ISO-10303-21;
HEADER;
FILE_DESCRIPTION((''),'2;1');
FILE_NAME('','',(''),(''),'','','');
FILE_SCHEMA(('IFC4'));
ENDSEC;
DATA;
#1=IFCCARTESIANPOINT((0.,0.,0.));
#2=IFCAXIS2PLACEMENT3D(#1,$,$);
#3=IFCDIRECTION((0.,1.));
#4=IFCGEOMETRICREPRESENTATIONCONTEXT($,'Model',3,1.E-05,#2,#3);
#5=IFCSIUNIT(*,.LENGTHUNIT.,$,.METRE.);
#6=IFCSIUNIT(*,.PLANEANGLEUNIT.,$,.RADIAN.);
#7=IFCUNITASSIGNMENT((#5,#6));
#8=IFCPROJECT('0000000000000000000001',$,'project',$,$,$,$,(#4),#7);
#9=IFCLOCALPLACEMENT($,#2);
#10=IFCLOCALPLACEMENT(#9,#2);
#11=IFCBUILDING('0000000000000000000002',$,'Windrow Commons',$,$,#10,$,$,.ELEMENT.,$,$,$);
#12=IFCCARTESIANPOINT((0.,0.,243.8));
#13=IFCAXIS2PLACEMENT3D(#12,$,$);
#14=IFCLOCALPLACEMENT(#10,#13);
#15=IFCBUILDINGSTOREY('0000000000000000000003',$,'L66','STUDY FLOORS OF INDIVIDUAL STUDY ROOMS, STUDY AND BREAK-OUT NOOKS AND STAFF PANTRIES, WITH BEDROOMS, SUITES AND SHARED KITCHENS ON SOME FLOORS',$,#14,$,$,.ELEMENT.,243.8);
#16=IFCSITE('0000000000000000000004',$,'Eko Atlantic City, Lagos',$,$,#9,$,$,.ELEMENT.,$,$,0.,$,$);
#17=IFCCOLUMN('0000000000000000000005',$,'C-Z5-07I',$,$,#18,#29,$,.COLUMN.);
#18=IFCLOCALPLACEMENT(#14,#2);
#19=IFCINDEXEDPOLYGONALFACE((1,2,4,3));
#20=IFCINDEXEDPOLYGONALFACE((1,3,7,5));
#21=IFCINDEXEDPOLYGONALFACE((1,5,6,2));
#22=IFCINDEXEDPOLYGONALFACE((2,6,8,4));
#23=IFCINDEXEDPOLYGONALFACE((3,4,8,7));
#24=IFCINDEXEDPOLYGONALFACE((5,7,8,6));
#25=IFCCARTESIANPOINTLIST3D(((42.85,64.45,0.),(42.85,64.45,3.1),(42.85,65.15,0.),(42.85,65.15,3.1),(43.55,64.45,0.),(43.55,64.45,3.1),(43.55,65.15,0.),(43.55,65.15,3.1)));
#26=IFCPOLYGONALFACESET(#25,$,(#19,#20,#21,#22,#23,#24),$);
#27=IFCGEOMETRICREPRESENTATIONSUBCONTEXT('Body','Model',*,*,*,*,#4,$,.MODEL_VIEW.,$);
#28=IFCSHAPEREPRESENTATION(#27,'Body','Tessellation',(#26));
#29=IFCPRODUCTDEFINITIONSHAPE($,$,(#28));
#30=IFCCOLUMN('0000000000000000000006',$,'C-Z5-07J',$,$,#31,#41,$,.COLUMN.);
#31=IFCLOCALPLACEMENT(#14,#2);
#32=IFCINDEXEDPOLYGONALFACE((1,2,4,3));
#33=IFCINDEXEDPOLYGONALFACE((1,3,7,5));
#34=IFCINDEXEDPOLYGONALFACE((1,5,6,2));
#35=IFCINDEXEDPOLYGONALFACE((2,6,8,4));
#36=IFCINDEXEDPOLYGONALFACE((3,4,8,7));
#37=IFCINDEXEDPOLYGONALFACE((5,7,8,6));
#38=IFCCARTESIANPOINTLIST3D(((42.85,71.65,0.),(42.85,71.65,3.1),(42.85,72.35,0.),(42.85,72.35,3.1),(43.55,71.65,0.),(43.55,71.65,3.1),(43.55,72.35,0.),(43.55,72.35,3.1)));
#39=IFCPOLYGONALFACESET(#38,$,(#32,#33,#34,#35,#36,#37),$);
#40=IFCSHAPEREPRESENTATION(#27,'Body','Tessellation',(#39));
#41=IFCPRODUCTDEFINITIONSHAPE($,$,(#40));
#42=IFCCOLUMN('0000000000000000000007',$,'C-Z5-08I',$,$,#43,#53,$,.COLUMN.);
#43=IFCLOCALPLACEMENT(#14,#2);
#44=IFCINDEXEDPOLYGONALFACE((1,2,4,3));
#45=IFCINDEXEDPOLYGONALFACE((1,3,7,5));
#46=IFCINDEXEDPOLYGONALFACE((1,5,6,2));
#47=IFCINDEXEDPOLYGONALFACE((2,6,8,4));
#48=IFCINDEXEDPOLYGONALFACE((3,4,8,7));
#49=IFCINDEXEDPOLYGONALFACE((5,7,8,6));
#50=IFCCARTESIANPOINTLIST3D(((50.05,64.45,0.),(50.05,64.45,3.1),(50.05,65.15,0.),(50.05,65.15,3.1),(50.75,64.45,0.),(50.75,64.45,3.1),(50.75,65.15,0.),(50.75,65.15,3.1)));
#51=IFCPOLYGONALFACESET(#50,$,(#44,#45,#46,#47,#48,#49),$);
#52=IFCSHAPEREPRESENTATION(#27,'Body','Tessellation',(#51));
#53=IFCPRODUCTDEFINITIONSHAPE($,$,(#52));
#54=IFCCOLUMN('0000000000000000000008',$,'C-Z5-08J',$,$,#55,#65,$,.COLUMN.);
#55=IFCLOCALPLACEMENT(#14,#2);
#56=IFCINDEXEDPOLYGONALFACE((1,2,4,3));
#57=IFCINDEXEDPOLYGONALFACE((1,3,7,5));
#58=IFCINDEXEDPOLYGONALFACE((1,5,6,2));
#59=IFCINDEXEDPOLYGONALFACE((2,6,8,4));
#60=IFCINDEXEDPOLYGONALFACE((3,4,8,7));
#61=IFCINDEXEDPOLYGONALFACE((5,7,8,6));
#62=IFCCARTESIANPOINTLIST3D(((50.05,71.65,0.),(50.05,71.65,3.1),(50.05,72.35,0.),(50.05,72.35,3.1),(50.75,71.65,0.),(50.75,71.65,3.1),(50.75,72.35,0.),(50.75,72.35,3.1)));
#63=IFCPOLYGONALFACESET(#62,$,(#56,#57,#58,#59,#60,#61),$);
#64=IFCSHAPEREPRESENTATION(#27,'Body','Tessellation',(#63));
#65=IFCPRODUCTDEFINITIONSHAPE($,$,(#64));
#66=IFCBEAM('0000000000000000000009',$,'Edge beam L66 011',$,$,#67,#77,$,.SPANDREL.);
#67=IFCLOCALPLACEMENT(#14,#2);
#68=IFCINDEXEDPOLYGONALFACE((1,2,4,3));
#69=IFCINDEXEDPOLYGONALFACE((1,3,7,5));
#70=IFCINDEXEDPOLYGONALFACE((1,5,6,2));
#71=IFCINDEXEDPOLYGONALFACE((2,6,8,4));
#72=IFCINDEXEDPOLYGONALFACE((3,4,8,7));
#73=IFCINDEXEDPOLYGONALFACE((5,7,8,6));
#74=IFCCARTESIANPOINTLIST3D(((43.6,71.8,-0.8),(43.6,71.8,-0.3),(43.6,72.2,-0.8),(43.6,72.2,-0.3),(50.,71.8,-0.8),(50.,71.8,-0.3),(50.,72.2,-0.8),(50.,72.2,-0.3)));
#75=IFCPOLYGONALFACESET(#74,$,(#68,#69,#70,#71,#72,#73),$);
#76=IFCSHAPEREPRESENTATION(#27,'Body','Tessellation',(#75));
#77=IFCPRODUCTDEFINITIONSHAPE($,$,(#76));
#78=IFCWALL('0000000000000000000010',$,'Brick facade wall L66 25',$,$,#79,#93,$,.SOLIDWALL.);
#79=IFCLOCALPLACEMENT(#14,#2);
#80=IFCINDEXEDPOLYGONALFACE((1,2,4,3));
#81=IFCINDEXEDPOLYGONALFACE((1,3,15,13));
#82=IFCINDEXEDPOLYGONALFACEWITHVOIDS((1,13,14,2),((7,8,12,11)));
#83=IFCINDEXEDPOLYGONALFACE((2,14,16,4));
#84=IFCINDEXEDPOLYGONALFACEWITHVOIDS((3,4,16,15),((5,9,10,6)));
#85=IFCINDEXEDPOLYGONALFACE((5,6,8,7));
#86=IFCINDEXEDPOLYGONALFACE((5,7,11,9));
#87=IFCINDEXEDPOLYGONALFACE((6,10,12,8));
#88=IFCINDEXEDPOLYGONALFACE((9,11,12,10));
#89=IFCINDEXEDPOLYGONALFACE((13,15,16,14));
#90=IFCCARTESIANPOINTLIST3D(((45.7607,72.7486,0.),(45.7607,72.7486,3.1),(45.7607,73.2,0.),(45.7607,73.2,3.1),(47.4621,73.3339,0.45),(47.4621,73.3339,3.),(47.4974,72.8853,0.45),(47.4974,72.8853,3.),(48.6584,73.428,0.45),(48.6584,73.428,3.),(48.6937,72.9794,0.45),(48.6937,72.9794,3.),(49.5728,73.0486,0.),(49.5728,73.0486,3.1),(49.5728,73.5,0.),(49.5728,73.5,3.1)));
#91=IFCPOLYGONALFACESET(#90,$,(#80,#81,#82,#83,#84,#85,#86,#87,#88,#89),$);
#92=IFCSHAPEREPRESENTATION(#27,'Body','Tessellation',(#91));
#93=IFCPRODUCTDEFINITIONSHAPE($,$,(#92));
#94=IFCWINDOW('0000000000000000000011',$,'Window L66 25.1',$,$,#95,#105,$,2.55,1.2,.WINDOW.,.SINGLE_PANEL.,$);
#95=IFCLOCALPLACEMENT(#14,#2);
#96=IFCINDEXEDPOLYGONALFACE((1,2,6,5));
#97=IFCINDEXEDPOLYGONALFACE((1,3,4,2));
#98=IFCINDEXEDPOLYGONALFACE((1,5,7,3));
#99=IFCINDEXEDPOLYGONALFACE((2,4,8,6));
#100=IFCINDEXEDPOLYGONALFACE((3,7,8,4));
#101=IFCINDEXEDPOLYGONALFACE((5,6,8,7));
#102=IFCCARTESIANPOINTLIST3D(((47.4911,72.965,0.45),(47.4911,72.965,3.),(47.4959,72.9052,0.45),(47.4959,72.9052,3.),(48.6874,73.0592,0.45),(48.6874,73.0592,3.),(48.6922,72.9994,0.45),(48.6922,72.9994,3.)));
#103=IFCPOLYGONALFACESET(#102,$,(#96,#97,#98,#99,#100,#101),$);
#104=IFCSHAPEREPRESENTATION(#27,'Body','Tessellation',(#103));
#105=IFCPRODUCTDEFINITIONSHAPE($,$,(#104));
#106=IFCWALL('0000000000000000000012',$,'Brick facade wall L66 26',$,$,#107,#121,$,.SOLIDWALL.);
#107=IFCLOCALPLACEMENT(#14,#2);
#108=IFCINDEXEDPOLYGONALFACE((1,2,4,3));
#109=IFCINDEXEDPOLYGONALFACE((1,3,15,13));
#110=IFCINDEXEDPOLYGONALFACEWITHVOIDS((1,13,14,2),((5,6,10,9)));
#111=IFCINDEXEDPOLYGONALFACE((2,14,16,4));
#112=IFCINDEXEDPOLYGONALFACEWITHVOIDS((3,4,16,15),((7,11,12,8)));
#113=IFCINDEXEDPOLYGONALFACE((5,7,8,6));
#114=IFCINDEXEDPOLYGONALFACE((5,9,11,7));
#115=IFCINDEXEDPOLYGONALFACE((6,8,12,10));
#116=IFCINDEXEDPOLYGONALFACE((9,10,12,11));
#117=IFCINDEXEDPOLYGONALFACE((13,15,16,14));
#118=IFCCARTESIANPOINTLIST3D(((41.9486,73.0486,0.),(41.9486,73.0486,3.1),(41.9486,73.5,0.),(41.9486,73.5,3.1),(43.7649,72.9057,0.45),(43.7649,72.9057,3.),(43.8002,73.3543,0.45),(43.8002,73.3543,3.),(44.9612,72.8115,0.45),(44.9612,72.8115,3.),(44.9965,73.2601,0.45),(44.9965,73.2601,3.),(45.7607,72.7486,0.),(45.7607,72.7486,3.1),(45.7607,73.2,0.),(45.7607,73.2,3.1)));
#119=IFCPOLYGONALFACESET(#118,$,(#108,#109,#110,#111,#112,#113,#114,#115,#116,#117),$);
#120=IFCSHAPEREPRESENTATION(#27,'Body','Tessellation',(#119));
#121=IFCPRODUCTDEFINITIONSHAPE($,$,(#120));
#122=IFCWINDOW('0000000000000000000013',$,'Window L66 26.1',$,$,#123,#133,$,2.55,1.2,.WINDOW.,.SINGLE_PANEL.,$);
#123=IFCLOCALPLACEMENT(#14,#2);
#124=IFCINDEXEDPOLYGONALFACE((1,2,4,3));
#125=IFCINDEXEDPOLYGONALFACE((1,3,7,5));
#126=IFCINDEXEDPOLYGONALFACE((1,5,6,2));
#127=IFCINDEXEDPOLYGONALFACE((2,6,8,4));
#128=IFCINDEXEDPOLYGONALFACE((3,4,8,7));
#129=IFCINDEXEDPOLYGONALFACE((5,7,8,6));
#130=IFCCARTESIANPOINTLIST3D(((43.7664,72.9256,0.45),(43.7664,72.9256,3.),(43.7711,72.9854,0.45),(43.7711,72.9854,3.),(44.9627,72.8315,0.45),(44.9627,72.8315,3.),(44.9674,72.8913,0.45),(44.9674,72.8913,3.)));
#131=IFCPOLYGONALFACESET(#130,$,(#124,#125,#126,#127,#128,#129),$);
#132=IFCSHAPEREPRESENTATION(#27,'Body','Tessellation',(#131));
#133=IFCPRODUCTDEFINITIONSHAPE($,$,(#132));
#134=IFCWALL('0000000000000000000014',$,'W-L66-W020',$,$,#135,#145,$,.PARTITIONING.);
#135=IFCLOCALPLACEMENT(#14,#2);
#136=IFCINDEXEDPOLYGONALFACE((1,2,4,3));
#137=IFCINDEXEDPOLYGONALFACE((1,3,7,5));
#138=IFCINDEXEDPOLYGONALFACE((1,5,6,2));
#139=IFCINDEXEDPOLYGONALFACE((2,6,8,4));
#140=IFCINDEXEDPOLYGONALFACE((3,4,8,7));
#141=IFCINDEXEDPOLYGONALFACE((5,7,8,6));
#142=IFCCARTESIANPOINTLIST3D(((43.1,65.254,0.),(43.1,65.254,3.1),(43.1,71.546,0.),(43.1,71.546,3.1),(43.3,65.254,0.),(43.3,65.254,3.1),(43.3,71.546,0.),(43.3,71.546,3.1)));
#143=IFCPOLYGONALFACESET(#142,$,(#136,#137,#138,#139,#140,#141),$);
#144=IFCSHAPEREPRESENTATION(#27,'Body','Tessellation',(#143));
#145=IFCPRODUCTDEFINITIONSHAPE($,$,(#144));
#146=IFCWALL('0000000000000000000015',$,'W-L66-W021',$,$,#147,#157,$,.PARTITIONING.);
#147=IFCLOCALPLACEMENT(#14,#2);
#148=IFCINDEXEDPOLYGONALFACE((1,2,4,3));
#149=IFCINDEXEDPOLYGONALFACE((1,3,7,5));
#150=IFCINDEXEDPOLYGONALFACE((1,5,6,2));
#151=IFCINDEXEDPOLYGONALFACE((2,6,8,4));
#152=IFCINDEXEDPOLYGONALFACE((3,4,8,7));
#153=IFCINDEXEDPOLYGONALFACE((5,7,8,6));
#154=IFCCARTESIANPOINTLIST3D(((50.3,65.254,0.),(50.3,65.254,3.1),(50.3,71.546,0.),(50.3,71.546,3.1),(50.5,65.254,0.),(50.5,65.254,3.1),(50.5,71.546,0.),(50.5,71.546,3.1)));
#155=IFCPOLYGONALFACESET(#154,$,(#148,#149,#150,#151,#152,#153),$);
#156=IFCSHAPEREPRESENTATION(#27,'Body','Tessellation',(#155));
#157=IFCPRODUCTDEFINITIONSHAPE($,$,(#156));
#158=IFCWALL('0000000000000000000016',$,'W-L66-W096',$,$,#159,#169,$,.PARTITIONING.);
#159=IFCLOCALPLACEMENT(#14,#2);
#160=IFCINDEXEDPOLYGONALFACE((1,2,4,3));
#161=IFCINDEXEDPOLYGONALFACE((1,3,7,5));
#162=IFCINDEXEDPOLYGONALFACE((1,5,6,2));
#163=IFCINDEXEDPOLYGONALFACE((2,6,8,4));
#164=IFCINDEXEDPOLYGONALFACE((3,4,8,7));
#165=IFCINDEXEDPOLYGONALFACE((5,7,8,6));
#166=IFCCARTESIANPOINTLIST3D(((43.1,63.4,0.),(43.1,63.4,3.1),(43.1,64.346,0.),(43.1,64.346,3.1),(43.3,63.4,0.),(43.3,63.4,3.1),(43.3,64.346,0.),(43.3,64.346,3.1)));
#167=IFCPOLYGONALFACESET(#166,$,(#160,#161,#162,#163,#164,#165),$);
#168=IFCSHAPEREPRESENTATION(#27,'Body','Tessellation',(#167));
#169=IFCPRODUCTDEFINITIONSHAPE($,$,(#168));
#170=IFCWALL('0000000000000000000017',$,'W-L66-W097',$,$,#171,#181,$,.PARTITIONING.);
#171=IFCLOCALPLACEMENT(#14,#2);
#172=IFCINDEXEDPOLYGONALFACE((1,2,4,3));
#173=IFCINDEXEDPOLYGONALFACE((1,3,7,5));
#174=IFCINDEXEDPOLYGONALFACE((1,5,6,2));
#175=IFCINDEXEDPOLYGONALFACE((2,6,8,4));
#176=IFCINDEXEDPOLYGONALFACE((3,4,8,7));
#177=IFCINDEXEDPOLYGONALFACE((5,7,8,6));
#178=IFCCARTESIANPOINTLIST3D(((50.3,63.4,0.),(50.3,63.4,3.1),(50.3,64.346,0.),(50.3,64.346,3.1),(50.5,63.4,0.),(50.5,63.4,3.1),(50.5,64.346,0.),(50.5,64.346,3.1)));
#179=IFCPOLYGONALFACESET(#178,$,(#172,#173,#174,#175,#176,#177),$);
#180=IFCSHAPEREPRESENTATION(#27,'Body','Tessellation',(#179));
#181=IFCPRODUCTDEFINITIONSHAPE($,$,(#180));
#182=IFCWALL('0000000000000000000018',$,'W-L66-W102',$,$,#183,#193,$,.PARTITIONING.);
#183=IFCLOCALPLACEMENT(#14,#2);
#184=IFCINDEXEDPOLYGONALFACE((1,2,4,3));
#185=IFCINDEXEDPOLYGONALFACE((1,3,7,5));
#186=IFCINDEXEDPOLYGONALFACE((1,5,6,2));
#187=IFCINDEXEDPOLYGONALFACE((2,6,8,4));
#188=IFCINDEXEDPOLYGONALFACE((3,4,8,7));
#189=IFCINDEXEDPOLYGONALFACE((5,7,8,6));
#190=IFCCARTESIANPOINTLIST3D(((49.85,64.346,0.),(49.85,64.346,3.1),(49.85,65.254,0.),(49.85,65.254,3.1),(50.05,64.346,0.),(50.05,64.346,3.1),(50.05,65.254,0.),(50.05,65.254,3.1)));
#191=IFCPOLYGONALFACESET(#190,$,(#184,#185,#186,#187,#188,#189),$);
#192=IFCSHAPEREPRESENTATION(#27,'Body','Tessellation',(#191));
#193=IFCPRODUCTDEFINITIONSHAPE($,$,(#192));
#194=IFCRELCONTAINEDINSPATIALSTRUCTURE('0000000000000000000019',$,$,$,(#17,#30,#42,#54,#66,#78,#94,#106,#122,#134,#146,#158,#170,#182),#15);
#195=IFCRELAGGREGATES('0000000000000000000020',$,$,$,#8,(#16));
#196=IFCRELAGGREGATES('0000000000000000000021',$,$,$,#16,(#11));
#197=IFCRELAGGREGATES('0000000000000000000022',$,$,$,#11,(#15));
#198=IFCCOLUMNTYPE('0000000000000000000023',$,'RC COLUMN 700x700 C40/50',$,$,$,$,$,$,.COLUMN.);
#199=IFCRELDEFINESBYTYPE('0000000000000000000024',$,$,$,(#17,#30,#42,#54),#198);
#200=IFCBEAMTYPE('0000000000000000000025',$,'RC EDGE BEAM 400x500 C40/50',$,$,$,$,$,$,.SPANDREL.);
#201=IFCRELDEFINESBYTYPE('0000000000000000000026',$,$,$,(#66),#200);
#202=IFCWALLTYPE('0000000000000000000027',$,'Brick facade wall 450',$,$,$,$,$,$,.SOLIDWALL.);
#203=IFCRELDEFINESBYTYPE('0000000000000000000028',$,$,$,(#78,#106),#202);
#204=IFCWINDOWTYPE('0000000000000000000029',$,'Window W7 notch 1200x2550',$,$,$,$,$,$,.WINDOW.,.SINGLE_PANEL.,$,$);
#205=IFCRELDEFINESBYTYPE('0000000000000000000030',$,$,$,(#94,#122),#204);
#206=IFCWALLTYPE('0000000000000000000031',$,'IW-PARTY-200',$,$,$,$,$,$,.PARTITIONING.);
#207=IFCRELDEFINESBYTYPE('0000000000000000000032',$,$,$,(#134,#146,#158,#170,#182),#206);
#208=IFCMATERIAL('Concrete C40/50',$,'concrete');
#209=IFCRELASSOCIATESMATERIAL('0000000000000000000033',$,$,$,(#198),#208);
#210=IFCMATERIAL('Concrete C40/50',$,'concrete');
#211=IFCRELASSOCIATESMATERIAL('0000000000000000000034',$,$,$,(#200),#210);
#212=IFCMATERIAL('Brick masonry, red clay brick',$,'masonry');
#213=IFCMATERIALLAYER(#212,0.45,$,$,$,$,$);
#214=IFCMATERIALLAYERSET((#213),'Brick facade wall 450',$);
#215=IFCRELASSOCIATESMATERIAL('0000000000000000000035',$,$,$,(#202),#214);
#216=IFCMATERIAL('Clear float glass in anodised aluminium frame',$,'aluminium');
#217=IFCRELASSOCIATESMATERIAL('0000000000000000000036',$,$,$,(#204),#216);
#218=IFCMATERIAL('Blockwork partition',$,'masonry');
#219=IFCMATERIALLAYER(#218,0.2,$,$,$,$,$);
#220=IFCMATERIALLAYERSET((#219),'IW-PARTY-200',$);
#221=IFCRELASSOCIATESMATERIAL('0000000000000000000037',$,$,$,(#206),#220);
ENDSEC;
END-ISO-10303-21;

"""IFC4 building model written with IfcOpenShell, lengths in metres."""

from ifc_helpers import new_model, si_unit, direction, frame, frame_2d, origin, origin_2d, place, context, subcontext, project, spatial, polyline, rectangle, outline, extrude, material, layer, layer_set, material_profile, profile_set, type_object, element, fill, save


model = new_model("IFC4")

# Units and contexts
model_context = context("Model", 3, precision=1e-05, world=origin(), true_north=direction((0.0, 1.0)))
body_context = subcontext(model_context, "Body", "Model", "MODEL_VIEW")
ifc_project = project(units=[si_unit("LENGTHUNIT", "METRE"), si_unit("PLANEANGLEUNIT", "RADIAN")], contexts=[model_context])

# Site, building, storey
site_placement = place(None, origin())
site = spatial("IfcSite", under=ifc_project, at=site_placement, Name="Eko Atlantic City, Lagos", CompositionType="ELEMENT", RefElevation=0.0)
building_placement = place(site_placement, origin())
building = spatial("IfcBuilding", under=site, at=building_placement, Name="Windrow Commons", CompositionType="ELEMENT")
storey_placement = place(building_placement, frame((0.0, 0.0, 243.8)))
storey = spatial("IfcBuildingStorey", under=building, at=storey_placement, Name="L66", Description="STUDY FLOORS OF INDIVIDUAL STUDY ROOMS, STUDY AND BREAK-OUT NOOKS AND STAFF PANTRIES, WITH BEDROOMS, SUITES AND SHARED KITCHENS ON SOME FLOORS", CompositionType="ELEMENT", Elevation=243.8)

# Columns
ifc_material_1 = material(Name="Concrete C40/50", Category="concrete")
ifc_material_profile_1 = material_profile(ifc_material_1, rectangle(XDim=0.7, YDim=0.7, at=origin_2d()))
ifc_profile_set_1 = profile_set([ifc_material_profile_1], Name="Concrete C40/50")
column_type = type_object("IfcColumnType", Name="RC COLUMN 700x700 C40/50", PredefinedType="COLUMN", material=ifc_profile_set_1)
for number, where, z_axis, x_axis, name in (
    (1, (43.2, 64.8, 0.0), (0.0, 0.0, 1.0), (1.0, 0.0, 0.0), "C-Z5-07I"),
    (2, (43.2, 72.0, 0.0), (0.0, 0.0, 1.0), (1.0, 0.0, 0.0), "C-Z5-07J"),
    (3, (50.4, 64.8, 0.0), (0.0, 0.0, 1.0), (1.0, 0.0, 0.0), "C-Z5-08I"),
    (4, (50.4, 72.0, 0.0), (0.0, 0.0, 1.0), (1.0, 0.0, 0.0), "C-Z5-08J"),
):
    element("IfcColumn", number, at=place(storey_placement, frame(where, z_axis=z_axis, x_axis=x_axis)), inside=storey, type_object=column_type, Name=name, PredefinedType="COLUMN", context=body_context, shape_type="SweptSolid", body=[
        extrude(rectangle(XDim=0.7, YDim=0.7, at=origin_2d()), origin(), (0.0, 0.0, 1.0), 3.1),
    ])

# Beam
ifc_material_2 = material(Name="Concrete C40/50", Category="concrete")
ifc_material_profile_2 = material_profile(ifc_material_2, rectangle(XDim=0.4, YDim=0.5, at=origin_2d()))
ifc_profile_set_2 = profile_set([ifc_material_profile_2], Name="Concrete C40/50")
beam_type = type_object("IfcBeamType", Name="RC EDGE BEAM 400x500 C40/50", PredefinedType="SPANDREL", material=ifc_profile_set_2)
beam_placement = place(storey_placement, frame((43.6, 72.0, -0.55), z_axis=(1.0, 0.0, 0.0), x_axis=(0.0, 1.0, 0.0)))
element("IfcBeam", 5, at=beam_placement, inside=storey, type_object=beam_type, Name="Edge beam L66 011", PredefinedType="SPANDREL", context=body_context, shape_type="SweptSolid", body=[
    extrude(rectangle(XDim=0.4, YDim=0.5, at=origin_2d()), origin(), (0.0, 0.0, 1.0), 6.4),
])

# Walls, openings, windows
ifc_material_3 = material(Name="Brick masonry, red clay brick", Category="masonry")
ifc_layer_1 = layer(ifc_material_3, 0.45)
ifc_layer_set_1 = layer_set([ifc_layer_1], Name="Brick facade wall 450")
wall_type_1 = type_object("IfcWallType", Name="Brick facade wall 450", PredefinedType="SOLIDWALL", material=ifc_layer_set_1)
wall_1_placement = place(storey_placement, frame((49.5728, 73.2743, 0.0), z_axis=(0.0, 0.0, 1.0), x_axis=(-0.996918, -0.078454, 0.0)))
wall_1 = element("IfcWall", 6, at=wall_1_placement, inside=storey, type_object=wall_type_1, Name="Brick facade wall L66 25", PredefinedType="SOLIDWALL", context=body_context, shape_type="SweptSolid", body=[
    extrude(outline(polyline([(-0.0177, -0.225), (3.8062, -0.225), (3.8416, 0.225), (0.0177, 0.225), (-0.0177, -0.225)])), origin(), (0.0, 0.0, 1.0), 3.1),
])
opening_1_placement = place(wall_1_placement, frame((0.8995, 0.0, 0.45)))
opening_1 = element("IfcOpeningElement", 7, at=opening_1_placement, cuts=wall_1, PredefinedType="OPENING", context=body_context, shape_type="SweptSolid", body=[
    extrude(rectangle(XDim=1.2, YDim=2.55, at=frame_2d((0.6, 1.275))), frame((0.0, 0.235, 0.0), z_axis=(0.0, -1.0, 0.0), x_axis=(1.0, 0.0, 0.0)), (0.0, 0.0, 1.0), 0.47),
])
ifc_material_4 = material(Name="Clear float glass in anodised aluminium frame", Category="aluminium")
window_type = type_object("IfcWindowType", Name="Window W7 notch 1200x2550", PartitioningType="SINGLE_PANEL", PredefinedType="WINDOW", material=ifc_material_4)
window_1_placement = place(opening_1_placement, origin())
window_1 = element("IfcWindow", 8, at=window_1_placement, inside=storey, type_object=window_type, Name="Window L66 25.1", OverallHeight=2.55, OverallWidth=1.2, PartitioningType="SINGLE_PANEL", PredefinedType="WINDOW", context=body_context, shape_type="SweptSolid", body=[
    extrude(rectangle(XDim=1.2, YDim=2.55, at=frame_2d((0.6, 1.275))), frame((0.0, 0.205, 0.0), z_axis=(0.0, -1.0, 0.0), x_axis=(1.0, 0.0, 0.0)), (0.0, 0.0, 1.0), 0.06),
])
fill(opening_1, window_1)
wall_2_placement = place(storey_placement, frame((45.7607, 72.9743, 0.0), z_axis=(0.0, 0.0, 1.0), x_axis=(-0.996918, 0.078452, 0.0)))
wall_2 = element("IfcWall", 9, at=wall_2_placement, inside=storey, type_object=wall_type_1, Name="Brick facade wall L66 26", PredefinedType="SOLIDWALL", context=body_context, shape_type="SweptSolid", body=[
    extrude(outline(polyline([(0.0177, -0.225), (3.8416, -0.225), (3.8062, 0.225), (-0.0177, 0.225), (0.0177, -0.225)])), origin(), (0.0, 0.0, 1.0), 3.1),
])
opening_2_placement = place(wall_2_placement, frame((0.7843, 0.0, 0.45)))
opening_2 = element("IfcOpeningElement", 10, at=opening_2_placement, cuts=wall_2, PredefinedType="OPENING", context=body_context, shape_type="SweptSolid", body=[
    extrude(rectangle(XDim=1.2, YDim=2.55, at=frame_2d((0.6, 1.275))), frame((0.0, 0.235, 0.0), z_axis=(0.0, -1.0, 0.0), x_axis=(1.0, 0.0, 0.0)), (0.0, 0.0, 1.0), 0.47),
])
window_2_placement = place(opening_2_placement, origin())
window_2 = element("IfcWindow", 11, at=window_2_placement, inside=storey, type_object=window_type, Name="Window L66 26.1", OverallHeight=2.55, OverallWidth=1.2, PartitioningType="SINGLE_PANEL", PredefinedType="WINDOW", context=body_context, shape_type="SweptSolid", body=[
    extrude(rectangle(XDim=1.2, YDim=2.55, at=frame_2d((0.6, 1.275))), frame((0.0, 0.205, 0.0), z_axis=(0.0, -1.0, 0.0), x_axis=(1.0, 0.0, 0.0)), (0.0, 0.0, 1.0), 0.06),
])
fill(opening_2, window_2)

# Walls
ifc_material_5 = material(Name="Blockwork partition", Category="masonry")
ifc_layer_2 = layer(ifc_material_5, 0.2)
ifc_layer_set_2 = layer_set([ifc_layer_2], Name="IW-PARTY-200")
wall_type_2 = type_object("IfcWallType", Name="IW-PARTY-200", PredefinedType="PARTITIONING", material=ifc_layer_set_2)
for number, where, z_axis, x_axis, name in (
    (12, (43.2, 65.254, 0.0), (0.0, 0.0, 1.0), (0.0, 1.0, 0.0), "W-L66-W020"),
    (13, (50.4, 65.254, 0.0), (0.0, 0.0, 1.0), (0.0, 1.0, 0.0), "W-L66-W021"),
):
    element("IfcWall", number, at=place(storey_placement, frame(where, z_axis=z_axis, x_axis=x_axis)), inside=storey, type_object=wall_type_2, Name=name, PredefinedType="PARTITIONING", context=body_context, shape_type="SweptSolid", body=[
        extrude(rectangle(XDim=6.292, YDim=0.2, at=frame_2d((3.146, 0.0))), origin(), (0.0, 0.0, 1.0), 3.1),
    ])
for number, where, z_axis, x_axis, name in (
    (14, (43.2, 63.4, 0.0), (0.0, 0.0, 1.0), (0.0, 1.0, 0.0), "W-L66-W096"),
    (15, (50.4, 63.4, 0.0), (0.0, 0.0, 1.0), (0.0, 1.0, 0.0), "W-L66-W097"),
):
    element("IfcWall", number, at=place(storey_placement, frame(where, z_axis=z_axis, x_axis=x_axis)), inside=storey, type_object=wall_type_2, Name=name, PredefinedType="PARTITIONING", context=body_context, shape_type="SweptSolid", body=[
        extrude(rectangle(XDim=0.946, YDim=0.2, at=frame_2d((0.473, 0.0))), origin(), (0.0, 0.0, 1.0), 3.1),
    ])
for number, where, z_axis, x_axis, name in (
    (16, (49.95, 64.346, 0.0), (0.0, 0.0, 1.0), (0.0, 1.0, 0.0), "W-L66-W102"),
):
    element("IfcWall", number, at=place(storey_placement, frame(where, z_axis=z_axis, x_axis=x_axis)), inside=storey, type_object=wall_type_2, Name=name, PredefinedType="PARTITIONING", context=body_context, shape_type="SweptSolid", body=[
        extrude(rectangle(XDim=0.908, YDim=0.2, at=frame_2d((0.454, 0.0))), origin(), (0.0, 0.0, 1.0), 3.1),
    ])

save(model, "model.ifc")
